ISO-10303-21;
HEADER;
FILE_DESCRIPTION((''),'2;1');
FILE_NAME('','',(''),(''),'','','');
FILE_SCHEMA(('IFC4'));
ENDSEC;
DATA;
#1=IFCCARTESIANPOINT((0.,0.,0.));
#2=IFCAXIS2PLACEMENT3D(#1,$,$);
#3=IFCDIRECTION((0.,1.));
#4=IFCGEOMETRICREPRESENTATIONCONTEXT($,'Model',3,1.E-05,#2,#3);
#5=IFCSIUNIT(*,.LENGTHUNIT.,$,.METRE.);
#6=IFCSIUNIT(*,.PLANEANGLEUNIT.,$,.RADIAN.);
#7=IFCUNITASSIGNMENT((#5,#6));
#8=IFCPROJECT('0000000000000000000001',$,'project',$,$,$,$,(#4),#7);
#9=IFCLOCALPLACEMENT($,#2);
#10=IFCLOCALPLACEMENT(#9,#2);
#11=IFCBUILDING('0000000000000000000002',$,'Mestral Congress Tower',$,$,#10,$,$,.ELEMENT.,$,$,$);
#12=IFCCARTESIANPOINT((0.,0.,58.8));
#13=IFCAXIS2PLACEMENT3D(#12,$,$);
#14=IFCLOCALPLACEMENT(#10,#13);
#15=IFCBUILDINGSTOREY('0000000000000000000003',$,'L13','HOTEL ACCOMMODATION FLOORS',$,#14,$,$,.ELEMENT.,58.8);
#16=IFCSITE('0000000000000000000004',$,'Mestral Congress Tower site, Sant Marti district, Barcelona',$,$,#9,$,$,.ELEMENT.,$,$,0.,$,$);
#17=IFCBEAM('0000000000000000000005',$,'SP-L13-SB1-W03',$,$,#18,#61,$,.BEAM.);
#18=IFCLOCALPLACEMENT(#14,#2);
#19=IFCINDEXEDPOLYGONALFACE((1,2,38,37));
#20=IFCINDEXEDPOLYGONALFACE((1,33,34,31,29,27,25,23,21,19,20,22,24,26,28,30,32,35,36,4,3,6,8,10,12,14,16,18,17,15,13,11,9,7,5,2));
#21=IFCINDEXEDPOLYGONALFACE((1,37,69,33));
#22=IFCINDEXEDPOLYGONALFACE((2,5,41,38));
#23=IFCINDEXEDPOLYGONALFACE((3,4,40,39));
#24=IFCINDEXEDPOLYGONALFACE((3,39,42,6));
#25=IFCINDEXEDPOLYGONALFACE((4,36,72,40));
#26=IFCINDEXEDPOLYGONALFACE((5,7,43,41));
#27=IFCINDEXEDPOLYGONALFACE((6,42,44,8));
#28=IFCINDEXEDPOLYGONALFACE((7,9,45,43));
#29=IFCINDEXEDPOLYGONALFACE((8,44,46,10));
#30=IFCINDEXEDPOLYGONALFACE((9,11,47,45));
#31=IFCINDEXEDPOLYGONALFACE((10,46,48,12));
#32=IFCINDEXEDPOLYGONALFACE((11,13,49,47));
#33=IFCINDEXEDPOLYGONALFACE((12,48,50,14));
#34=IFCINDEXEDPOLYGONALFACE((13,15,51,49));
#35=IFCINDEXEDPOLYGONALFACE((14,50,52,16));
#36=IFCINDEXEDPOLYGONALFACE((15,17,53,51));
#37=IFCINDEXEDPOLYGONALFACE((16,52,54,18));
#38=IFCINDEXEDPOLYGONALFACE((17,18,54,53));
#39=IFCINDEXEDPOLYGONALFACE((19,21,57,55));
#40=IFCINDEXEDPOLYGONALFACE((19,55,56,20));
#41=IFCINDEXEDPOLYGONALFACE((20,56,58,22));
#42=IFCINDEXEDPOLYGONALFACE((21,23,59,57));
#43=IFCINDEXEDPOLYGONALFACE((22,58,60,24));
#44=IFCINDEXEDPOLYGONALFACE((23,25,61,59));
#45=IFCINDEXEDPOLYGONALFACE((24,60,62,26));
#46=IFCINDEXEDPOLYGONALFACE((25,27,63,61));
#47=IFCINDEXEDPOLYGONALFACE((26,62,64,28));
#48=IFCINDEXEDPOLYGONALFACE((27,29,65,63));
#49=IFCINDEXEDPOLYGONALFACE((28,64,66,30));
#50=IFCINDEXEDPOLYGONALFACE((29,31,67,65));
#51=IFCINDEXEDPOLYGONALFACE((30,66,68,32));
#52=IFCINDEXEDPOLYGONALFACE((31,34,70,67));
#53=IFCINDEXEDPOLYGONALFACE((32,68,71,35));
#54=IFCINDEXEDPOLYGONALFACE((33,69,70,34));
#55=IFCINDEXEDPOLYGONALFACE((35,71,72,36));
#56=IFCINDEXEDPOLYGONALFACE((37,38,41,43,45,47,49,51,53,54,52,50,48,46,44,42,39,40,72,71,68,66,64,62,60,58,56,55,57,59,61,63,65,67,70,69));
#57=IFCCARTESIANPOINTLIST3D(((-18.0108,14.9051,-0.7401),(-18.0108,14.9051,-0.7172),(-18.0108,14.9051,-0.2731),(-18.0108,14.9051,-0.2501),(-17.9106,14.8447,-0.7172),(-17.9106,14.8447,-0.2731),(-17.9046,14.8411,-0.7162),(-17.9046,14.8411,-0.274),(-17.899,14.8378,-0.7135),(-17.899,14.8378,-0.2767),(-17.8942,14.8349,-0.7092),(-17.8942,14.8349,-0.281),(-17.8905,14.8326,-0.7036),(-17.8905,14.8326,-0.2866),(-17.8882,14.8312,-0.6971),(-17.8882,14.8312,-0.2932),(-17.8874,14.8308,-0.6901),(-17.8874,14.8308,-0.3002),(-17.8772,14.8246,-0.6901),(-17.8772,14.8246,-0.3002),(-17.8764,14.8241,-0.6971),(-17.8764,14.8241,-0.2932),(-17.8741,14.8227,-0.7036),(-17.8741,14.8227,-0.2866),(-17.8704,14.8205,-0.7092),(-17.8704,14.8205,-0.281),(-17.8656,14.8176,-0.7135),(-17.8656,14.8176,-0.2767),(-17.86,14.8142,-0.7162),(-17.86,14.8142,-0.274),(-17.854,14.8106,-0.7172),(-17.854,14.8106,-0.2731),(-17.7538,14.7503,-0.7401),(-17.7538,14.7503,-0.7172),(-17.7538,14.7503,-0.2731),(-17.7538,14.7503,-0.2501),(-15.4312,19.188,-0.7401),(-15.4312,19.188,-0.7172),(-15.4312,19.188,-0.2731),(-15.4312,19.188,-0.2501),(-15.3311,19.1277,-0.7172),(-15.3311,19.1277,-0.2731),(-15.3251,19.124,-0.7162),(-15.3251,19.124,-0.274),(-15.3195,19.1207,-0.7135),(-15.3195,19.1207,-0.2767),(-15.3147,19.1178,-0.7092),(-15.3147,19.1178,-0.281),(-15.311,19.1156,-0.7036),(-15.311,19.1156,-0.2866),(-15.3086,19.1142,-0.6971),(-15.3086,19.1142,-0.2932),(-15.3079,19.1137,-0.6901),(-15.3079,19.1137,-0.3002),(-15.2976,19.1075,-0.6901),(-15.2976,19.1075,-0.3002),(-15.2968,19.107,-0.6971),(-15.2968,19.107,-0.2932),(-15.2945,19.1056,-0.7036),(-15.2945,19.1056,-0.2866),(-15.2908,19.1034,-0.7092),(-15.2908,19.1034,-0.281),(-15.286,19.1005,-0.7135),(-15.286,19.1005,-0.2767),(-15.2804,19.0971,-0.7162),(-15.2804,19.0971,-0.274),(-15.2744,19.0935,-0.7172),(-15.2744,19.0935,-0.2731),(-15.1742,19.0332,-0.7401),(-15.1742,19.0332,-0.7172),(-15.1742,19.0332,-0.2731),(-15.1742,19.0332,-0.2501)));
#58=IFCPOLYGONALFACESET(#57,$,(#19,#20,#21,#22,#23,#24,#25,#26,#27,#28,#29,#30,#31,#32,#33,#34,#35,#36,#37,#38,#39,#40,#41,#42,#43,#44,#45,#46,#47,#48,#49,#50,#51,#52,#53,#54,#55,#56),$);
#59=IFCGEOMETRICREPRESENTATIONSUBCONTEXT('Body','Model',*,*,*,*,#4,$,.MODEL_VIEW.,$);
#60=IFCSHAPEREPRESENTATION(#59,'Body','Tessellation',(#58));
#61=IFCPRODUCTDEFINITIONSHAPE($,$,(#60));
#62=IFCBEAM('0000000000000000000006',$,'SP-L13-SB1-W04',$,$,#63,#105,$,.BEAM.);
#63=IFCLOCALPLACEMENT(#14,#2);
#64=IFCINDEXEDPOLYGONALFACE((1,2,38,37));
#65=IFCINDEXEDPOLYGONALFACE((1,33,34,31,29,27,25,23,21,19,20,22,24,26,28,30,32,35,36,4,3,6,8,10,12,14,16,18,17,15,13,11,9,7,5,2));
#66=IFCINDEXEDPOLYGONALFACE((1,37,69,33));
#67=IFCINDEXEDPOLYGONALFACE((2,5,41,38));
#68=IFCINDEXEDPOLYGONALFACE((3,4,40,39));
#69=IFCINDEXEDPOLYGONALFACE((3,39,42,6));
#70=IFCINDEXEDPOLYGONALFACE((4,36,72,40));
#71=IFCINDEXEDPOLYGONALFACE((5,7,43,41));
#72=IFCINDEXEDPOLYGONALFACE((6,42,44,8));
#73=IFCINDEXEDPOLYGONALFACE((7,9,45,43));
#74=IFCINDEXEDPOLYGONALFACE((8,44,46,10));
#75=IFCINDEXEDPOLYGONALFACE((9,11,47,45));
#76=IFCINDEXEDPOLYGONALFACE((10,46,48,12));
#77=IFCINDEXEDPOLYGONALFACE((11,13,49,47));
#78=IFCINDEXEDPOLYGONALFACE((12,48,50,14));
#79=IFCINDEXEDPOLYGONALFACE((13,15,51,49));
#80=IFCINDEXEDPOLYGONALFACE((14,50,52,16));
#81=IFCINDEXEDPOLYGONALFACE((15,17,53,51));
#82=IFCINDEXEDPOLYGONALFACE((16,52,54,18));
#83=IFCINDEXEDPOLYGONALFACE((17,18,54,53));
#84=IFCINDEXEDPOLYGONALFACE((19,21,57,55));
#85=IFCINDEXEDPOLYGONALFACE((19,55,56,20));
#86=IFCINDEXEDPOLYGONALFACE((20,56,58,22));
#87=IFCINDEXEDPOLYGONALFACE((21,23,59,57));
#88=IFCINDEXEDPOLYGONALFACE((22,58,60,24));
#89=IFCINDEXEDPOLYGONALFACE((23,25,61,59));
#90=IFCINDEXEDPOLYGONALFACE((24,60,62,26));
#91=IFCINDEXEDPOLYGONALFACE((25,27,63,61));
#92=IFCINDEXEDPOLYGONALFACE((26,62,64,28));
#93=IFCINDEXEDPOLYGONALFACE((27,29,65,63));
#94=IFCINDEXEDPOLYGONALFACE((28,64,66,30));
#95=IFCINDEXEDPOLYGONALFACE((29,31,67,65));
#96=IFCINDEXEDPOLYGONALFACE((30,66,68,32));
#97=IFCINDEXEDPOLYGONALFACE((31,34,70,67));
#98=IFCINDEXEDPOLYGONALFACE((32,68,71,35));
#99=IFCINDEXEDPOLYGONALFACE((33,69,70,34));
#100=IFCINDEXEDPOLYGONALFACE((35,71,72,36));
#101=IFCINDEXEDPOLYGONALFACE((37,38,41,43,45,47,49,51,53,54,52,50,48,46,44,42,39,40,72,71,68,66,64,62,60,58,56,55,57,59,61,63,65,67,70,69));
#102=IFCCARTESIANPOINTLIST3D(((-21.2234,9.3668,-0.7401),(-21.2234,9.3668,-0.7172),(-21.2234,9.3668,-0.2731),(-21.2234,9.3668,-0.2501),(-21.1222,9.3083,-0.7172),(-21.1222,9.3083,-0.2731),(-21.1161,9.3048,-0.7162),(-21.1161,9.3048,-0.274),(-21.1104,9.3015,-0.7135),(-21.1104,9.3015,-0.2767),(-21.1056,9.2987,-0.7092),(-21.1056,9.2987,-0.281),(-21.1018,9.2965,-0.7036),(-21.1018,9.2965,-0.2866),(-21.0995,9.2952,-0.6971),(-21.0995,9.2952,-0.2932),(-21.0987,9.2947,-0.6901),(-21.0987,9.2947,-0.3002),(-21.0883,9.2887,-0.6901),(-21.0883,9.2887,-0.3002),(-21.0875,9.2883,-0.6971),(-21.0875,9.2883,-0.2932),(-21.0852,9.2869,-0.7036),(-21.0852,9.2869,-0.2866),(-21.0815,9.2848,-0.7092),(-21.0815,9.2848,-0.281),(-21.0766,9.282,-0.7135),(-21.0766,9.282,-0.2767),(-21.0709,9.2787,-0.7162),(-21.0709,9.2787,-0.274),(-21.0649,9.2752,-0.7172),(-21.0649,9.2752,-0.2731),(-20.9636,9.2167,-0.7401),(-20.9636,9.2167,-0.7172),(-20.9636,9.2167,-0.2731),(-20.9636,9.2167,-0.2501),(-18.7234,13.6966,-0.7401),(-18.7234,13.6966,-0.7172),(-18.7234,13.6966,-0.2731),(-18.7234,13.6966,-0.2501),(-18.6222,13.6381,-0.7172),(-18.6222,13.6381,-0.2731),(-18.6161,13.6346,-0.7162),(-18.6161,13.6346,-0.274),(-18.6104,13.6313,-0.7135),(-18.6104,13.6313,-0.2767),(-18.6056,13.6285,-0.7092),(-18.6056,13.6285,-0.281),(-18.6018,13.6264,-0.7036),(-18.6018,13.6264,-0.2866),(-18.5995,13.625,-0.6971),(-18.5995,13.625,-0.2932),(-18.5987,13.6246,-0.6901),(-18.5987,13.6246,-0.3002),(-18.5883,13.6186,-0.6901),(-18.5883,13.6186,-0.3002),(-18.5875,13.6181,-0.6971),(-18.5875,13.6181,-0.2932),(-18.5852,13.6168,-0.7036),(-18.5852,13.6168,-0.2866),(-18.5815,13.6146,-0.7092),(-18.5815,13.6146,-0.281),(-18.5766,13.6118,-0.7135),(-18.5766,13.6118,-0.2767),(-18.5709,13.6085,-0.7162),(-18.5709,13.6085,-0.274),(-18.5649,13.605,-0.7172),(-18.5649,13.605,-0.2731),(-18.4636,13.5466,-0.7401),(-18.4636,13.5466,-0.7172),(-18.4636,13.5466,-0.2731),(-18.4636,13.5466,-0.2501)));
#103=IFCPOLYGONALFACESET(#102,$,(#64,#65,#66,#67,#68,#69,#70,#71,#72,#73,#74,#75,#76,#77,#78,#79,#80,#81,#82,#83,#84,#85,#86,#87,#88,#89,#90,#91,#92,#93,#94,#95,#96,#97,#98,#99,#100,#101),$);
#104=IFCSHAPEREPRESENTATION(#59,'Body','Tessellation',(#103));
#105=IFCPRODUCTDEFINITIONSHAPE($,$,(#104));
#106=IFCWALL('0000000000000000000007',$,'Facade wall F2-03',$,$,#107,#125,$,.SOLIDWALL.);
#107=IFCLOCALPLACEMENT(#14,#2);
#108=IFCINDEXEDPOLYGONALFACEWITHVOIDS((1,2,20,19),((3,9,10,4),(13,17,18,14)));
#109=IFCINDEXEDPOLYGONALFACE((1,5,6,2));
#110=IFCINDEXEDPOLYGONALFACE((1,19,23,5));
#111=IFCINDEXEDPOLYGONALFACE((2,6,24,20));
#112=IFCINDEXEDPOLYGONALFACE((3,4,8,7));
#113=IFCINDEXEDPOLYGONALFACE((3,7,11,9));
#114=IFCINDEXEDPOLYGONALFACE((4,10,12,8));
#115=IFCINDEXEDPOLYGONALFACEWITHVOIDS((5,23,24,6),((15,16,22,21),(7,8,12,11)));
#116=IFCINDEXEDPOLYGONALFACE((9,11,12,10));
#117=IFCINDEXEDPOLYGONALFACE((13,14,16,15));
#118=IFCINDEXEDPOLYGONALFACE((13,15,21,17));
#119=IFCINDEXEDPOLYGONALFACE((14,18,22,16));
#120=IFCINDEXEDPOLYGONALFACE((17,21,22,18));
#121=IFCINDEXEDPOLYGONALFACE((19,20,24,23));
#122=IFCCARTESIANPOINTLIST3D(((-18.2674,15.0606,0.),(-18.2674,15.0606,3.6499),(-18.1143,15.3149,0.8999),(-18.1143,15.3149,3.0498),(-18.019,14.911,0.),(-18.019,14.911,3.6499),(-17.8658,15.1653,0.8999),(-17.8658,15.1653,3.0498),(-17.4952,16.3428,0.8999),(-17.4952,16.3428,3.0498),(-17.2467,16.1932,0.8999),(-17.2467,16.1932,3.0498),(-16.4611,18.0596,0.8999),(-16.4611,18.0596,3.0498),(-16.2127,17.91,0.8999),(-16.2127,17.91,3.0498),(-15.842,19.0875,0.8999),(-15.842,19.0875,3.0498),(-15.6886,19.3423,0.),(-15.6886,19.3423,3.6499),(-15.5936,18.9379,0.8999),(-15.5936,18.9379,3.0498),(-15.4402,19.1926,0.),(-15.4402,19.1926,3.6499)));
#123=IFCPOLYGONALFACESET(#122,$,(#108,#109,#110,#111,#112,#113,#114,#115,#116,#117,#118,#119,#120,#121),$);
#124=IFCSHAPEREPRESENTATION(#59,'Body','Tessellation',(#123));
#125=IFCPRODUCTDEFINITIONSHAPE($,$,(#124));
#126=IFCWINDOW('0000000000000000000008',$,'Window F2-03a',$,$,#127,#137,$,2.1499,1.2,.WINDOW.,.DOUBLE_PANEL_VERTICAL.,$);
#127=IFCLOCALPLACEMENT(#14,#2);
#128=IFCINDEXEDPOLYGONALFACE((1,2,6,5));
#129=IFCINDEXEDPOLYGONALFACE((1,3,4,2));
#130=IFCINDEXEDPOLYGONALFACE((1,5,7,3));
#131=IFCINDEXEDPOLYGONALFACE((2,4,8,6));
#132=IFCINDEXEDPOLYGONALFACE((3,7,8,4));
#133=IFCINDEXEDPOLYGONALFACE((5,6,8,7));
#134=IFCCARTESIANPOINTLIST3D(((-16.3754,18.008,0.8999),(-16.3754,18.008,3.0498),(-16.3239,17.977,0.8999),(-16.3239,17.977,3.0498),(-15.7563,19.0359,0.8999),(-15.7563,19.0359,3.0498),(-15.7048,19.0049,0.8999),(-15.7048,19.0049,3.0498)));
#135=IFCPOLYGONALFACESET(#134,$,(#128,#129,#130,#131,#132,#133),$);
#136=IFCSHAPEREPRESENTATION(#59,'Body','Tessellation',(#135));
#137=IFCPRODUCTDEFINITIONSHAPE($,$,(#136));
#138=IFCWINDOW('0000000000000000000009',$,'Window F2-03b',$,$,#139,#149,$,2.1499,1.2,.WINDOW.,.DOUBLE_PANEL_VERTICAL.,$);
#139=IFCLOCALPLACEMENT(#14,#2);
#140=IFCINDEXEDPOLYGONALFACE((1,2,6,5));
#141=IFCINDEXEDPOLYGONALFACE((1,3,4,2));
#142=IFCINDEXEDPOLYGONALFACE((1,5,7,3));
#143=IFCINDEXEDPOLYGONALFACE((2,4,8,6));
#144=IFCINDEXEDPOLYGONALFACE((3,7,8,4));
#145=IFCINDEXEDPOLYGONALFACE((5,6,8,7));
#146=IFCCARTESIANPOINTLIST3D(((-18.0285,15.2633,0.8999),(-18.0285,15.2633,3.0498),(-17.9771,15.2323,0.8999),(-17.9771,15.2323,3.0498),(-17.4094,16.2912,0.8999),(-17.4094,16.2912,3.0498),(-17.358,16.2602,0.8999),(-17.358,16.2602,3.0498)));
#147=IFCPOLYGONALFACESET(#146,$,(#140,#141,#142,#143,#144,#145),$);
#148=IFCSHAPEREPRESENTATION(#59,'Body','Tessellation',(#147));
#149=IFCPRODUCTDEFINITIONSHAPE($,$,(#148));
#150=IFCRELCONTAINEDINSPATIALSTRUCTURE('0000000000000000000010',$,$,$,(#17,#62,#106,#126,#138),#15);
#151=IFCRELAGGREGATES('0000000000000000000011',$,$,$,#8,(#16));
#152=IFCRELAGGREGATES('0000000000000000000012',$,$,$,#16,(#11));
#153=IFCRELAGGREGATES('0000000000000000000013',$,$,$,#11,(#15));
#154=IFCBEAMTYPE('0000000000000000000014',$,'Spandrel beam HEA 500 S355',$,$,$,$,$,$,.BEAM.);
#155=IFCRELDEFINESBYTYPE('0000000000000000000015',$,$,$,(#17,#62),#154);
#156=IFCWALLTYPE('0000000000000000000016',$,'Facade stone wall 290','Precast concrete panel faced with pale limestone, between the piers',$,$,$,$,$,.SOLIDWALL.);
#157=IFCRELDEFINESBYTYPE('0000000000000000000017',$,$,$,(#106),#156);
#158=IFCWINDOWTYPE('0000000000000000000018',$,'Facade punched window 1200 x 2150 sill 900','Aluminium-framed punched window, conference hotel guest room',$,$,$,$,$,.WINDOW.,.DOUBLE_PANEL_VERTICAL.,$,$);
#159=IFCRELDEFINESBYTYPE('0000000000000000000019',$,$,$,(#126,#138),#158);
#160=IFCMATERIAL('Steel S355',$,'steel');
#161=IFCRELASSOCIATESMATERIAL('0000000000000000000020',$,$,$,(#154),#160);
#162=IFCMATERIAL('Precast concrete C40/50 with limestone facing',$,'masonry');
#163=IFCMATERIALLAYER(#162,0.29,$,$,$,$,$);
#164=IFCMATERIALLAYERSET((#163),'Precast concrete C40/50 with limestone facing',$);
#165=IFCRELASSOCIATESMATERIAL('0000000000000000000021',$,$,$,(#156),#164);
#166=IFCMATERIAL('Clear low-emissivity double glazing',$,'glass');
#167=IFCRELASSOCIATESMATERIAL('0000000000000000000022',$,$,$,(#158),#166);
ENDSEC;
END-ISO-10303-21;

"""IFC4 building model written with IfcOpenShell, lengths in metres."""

from ifc_helpers import new_model, si_unit, direction, frame, frame_2d, origin, origin_2d, place, context, subcontext, project, spatial, rectangle, i_section, extrude, material, layer, layer_set, material_profile, profile_set, type_object, element, fill, save


model = new_model("IFC4")

# Units and contexts
model_context = context("Model", 3, precision=1e-05, world=origin(), true_north=direction((0.0, 1.0)))
body_context = subcontext(model_context, "Body", "Model", "MODEL_VIEW")
ifc_project = project(units=[si_unit("LENGTHUNIT", "METRE"), si_unit("PLANEANGLEUNIT", "RADIAN")], contexts=[model_context])

# Site, building, storey
site_placement = place(None, origin())
site = spatial("IfcSite", under=ifc_project, at=site_placement, Name="Mestral Congress Tower site, Sant Marti district, Barcelona", CompositionType="ELEMENT", RefElevation=0.0)
building_placement = place(site_placement, origin())
building = spatial("IfcBuilding", under=site, at=building_placement, Name="Mestral Congress Tower", CompositionType="ELEMENT")
storey_placement = place(building_placement, frame((0.0, 0.0, 58.8)))
storey = spatial("IfcBuildingStorey", under=building, at=storey_placement, Name="L13", Description="HOTEL ACCOMMODATION FLOORS", CompositionType="ELEMENT", Elevation=58.8)

# Beams
ifc_material_1 = material(Name="Steel S355", Category="steel")
ifc_material_profile_1 = material_profile(ifc_material_1, i_section(OverallWidth=0.3, OverallDepth=0.49, WebThickness=0.012, FlangeThickness=0.0229, FilletRadius=0.0271, at=origin_2d()), Name="HEA 500")
ifc_profile_set_1 = profile_set([ifc_material_profile_1], Name="Steel S355")
beam_type_1 = type_object("IfcBeamType", Name="Spandrel beam HEA 500 S355", PredefinedType="BEAM", material=ifc_profile_set_1)
for number, where, z_axis, x_axis, name in (
    (1, (-15.3027, 19.1106, -0.4951), (-0.515938, -0.856626, 0.0), (0.856626, -0.515938, 0.0), "SP-L13-SB1-W03"),
    (2, (-18.5935, 13.6216, -0.4951), (-0.500025, -0.866011, 0.0), (0.866011, -0.500025, 0.0), "SP-L13-SB1-W04"),
):
    element("IfcBeam", number, at=place(storey_placement, frame(where, z_axis=z_axis, x_axis=x_axis)), inside=storey, type_object=beam_type_1, Name=name, PredefinedType="BEAM", context=body_context, shape_type="SweptSolid", body=[
        extrude(i_section(OverallWidth=0.3, OverallDepth=0.49, WebThickness=0.012, FlangeThickness=0.0229, FilletRadius=0.0271, at=origin_2d()), origin(), (0.0, 0.0, 1.0), 4.9998),
    ])

# Wall, openings, windows
ifc_material_2 = material(Name="Precast concrete C40/50 with limestone facing", Category="masonry")
ifc_layer_1 = layer(ifc_material_2, 0.29)
ifc_layer_set_1 = layer_set([ifc_layer_1], Name="Precast concrete C40/50 with limestone facing")
wall_type_1 = type_object("IfcWallType", Name="Facade stone wall 290", Description="Precast concrete panel faced with pale limestone, between the piers", PredefinedType="SOLIDWALL", material=ifc_layer_set_1)
wall_1_placement = place(storey_placement, frame((-15.5645, 19.2673, 0.0), z_axis=(0.0, 0.0, 1.0), x_axis=(-0.515939, -0.856625, 0.0)))
wall_1 = element("IfcWall", 3, at=wall_1_placement, inside=storey, type_object=wall_type_1, Name="Facade wall F2-03", PredefinedType="SOLIDWALL", context=body_context, shape_type="SweptSolid", body=[
    extrude(rectangle(XDim=4.9983, YDim=0.29, at=frame_2d((2.499, 0.0))), origin(), (0.0, 0.0, 1.0), 3.6499),
])
opening_1_placement = place(wall_1_placement, frame((0.2971, 0.0, 0.8999)))
opening_1 = element("IfcOpeningElement", 4, at=opening_1_placement, cuts=wall_1, PredefinedType="OPENING", context=body_context, shape_type="SweptSolid", body=[
    extrude(rectangle(XDim=1.2, YDim=2.1499, at=frame_2d((0.6001, 1.075))), frame((0.0, 0.155, 0.0), z_axis=(0.0, -1.0, 0.0), x_axis=(1.0, 0.0, 0.0)), (0.0, 0.0, 1.0), 0.3101),
])
opening_2_placement = place(wall_1_placement, frame((3.5012, 0.0, 0.8999)))
opening_2 = element("IfcOpeningElement", 5, at=opening_2_placement, cuts=wall_1, PredefinedType="OPENING", context=body_context, shape_type="SweptSolid", body=[
    extrude(rectangle(XDim=1.2, YDim=2.1499, at=frame_2d((0.6001, 1.075))), frame((0.0, 0.155, 0.0), z_axis=(0.0, -1.0, 0.0), x_axis=(1.0, 0.0, 0.0)), (0.0, 0.0, 1.0), 0.3101),
])
ifc_material_3 = material(Name="Clear low-emissivity double glazing", Category="glass")
window_type = type_object("IfcWindowType", Name="Facade punched window 1200 x 2150 sill 900", Description="Aluminium-framed punched window, conference hotel guest room", PartitioningType="DOUBLE_PANEL_VERTICAL", PredefinedType="WINDOW", material=ifc_material_3)
window_1_placement = place(opening_1_placement, origin())
window_1 = element("IfcWindow", 6, at=window_1_placement, inside=storey, type_object=window_type, Name="Window F2-03a", OverallHeight=2.1499, OverallWidth=1.2, PartitioningType="DOUBLE_PANEL_VERTICAL", PredefinedType="WINDOW", context=body_context, shape_type="SweptSolid", body=[
    extrude(rectangle(XDim=1.2, YDim=2.1499, at=frame_2d((0.6001, 1.075))), frame((0.0, 0.0151, 0.0), z_axis=(0.0, -1.0, 0.0), x_axis=(1.0, 0.0, 0.0)), (0.0, 0.0, 1.0), 0.0601),
])
fill(opening_1, window_1)
window_2_placement = place(opening_2_placement, origin())
window_2 = element("IfcWindow", 7, at=window_2_placement, inside=storey, type_object=window_type, Name="Window F2-03b", OverallHeight=2.1499, OverallWidth=1.2, PartitioningType="DOUBLE_PANEL_VERTICAL", PredefinedType="WINDOW", context=body_context, shape_type="SweptSolid", body=[
    extrude(rectangle(XDim=1.2, YDim=2.1499, at=frame_2d((0.6001, 1.075))), frame((0.0, 0.0151, 0.0), z_axis=(0.0, -1.0, 0.0), x_axis=(1.0, 0.0, 0.0)), (0.0, 0.0, 1.0), 0.0601),
])
fill(opening_2, window_2)

save(model, "model.ifc")
